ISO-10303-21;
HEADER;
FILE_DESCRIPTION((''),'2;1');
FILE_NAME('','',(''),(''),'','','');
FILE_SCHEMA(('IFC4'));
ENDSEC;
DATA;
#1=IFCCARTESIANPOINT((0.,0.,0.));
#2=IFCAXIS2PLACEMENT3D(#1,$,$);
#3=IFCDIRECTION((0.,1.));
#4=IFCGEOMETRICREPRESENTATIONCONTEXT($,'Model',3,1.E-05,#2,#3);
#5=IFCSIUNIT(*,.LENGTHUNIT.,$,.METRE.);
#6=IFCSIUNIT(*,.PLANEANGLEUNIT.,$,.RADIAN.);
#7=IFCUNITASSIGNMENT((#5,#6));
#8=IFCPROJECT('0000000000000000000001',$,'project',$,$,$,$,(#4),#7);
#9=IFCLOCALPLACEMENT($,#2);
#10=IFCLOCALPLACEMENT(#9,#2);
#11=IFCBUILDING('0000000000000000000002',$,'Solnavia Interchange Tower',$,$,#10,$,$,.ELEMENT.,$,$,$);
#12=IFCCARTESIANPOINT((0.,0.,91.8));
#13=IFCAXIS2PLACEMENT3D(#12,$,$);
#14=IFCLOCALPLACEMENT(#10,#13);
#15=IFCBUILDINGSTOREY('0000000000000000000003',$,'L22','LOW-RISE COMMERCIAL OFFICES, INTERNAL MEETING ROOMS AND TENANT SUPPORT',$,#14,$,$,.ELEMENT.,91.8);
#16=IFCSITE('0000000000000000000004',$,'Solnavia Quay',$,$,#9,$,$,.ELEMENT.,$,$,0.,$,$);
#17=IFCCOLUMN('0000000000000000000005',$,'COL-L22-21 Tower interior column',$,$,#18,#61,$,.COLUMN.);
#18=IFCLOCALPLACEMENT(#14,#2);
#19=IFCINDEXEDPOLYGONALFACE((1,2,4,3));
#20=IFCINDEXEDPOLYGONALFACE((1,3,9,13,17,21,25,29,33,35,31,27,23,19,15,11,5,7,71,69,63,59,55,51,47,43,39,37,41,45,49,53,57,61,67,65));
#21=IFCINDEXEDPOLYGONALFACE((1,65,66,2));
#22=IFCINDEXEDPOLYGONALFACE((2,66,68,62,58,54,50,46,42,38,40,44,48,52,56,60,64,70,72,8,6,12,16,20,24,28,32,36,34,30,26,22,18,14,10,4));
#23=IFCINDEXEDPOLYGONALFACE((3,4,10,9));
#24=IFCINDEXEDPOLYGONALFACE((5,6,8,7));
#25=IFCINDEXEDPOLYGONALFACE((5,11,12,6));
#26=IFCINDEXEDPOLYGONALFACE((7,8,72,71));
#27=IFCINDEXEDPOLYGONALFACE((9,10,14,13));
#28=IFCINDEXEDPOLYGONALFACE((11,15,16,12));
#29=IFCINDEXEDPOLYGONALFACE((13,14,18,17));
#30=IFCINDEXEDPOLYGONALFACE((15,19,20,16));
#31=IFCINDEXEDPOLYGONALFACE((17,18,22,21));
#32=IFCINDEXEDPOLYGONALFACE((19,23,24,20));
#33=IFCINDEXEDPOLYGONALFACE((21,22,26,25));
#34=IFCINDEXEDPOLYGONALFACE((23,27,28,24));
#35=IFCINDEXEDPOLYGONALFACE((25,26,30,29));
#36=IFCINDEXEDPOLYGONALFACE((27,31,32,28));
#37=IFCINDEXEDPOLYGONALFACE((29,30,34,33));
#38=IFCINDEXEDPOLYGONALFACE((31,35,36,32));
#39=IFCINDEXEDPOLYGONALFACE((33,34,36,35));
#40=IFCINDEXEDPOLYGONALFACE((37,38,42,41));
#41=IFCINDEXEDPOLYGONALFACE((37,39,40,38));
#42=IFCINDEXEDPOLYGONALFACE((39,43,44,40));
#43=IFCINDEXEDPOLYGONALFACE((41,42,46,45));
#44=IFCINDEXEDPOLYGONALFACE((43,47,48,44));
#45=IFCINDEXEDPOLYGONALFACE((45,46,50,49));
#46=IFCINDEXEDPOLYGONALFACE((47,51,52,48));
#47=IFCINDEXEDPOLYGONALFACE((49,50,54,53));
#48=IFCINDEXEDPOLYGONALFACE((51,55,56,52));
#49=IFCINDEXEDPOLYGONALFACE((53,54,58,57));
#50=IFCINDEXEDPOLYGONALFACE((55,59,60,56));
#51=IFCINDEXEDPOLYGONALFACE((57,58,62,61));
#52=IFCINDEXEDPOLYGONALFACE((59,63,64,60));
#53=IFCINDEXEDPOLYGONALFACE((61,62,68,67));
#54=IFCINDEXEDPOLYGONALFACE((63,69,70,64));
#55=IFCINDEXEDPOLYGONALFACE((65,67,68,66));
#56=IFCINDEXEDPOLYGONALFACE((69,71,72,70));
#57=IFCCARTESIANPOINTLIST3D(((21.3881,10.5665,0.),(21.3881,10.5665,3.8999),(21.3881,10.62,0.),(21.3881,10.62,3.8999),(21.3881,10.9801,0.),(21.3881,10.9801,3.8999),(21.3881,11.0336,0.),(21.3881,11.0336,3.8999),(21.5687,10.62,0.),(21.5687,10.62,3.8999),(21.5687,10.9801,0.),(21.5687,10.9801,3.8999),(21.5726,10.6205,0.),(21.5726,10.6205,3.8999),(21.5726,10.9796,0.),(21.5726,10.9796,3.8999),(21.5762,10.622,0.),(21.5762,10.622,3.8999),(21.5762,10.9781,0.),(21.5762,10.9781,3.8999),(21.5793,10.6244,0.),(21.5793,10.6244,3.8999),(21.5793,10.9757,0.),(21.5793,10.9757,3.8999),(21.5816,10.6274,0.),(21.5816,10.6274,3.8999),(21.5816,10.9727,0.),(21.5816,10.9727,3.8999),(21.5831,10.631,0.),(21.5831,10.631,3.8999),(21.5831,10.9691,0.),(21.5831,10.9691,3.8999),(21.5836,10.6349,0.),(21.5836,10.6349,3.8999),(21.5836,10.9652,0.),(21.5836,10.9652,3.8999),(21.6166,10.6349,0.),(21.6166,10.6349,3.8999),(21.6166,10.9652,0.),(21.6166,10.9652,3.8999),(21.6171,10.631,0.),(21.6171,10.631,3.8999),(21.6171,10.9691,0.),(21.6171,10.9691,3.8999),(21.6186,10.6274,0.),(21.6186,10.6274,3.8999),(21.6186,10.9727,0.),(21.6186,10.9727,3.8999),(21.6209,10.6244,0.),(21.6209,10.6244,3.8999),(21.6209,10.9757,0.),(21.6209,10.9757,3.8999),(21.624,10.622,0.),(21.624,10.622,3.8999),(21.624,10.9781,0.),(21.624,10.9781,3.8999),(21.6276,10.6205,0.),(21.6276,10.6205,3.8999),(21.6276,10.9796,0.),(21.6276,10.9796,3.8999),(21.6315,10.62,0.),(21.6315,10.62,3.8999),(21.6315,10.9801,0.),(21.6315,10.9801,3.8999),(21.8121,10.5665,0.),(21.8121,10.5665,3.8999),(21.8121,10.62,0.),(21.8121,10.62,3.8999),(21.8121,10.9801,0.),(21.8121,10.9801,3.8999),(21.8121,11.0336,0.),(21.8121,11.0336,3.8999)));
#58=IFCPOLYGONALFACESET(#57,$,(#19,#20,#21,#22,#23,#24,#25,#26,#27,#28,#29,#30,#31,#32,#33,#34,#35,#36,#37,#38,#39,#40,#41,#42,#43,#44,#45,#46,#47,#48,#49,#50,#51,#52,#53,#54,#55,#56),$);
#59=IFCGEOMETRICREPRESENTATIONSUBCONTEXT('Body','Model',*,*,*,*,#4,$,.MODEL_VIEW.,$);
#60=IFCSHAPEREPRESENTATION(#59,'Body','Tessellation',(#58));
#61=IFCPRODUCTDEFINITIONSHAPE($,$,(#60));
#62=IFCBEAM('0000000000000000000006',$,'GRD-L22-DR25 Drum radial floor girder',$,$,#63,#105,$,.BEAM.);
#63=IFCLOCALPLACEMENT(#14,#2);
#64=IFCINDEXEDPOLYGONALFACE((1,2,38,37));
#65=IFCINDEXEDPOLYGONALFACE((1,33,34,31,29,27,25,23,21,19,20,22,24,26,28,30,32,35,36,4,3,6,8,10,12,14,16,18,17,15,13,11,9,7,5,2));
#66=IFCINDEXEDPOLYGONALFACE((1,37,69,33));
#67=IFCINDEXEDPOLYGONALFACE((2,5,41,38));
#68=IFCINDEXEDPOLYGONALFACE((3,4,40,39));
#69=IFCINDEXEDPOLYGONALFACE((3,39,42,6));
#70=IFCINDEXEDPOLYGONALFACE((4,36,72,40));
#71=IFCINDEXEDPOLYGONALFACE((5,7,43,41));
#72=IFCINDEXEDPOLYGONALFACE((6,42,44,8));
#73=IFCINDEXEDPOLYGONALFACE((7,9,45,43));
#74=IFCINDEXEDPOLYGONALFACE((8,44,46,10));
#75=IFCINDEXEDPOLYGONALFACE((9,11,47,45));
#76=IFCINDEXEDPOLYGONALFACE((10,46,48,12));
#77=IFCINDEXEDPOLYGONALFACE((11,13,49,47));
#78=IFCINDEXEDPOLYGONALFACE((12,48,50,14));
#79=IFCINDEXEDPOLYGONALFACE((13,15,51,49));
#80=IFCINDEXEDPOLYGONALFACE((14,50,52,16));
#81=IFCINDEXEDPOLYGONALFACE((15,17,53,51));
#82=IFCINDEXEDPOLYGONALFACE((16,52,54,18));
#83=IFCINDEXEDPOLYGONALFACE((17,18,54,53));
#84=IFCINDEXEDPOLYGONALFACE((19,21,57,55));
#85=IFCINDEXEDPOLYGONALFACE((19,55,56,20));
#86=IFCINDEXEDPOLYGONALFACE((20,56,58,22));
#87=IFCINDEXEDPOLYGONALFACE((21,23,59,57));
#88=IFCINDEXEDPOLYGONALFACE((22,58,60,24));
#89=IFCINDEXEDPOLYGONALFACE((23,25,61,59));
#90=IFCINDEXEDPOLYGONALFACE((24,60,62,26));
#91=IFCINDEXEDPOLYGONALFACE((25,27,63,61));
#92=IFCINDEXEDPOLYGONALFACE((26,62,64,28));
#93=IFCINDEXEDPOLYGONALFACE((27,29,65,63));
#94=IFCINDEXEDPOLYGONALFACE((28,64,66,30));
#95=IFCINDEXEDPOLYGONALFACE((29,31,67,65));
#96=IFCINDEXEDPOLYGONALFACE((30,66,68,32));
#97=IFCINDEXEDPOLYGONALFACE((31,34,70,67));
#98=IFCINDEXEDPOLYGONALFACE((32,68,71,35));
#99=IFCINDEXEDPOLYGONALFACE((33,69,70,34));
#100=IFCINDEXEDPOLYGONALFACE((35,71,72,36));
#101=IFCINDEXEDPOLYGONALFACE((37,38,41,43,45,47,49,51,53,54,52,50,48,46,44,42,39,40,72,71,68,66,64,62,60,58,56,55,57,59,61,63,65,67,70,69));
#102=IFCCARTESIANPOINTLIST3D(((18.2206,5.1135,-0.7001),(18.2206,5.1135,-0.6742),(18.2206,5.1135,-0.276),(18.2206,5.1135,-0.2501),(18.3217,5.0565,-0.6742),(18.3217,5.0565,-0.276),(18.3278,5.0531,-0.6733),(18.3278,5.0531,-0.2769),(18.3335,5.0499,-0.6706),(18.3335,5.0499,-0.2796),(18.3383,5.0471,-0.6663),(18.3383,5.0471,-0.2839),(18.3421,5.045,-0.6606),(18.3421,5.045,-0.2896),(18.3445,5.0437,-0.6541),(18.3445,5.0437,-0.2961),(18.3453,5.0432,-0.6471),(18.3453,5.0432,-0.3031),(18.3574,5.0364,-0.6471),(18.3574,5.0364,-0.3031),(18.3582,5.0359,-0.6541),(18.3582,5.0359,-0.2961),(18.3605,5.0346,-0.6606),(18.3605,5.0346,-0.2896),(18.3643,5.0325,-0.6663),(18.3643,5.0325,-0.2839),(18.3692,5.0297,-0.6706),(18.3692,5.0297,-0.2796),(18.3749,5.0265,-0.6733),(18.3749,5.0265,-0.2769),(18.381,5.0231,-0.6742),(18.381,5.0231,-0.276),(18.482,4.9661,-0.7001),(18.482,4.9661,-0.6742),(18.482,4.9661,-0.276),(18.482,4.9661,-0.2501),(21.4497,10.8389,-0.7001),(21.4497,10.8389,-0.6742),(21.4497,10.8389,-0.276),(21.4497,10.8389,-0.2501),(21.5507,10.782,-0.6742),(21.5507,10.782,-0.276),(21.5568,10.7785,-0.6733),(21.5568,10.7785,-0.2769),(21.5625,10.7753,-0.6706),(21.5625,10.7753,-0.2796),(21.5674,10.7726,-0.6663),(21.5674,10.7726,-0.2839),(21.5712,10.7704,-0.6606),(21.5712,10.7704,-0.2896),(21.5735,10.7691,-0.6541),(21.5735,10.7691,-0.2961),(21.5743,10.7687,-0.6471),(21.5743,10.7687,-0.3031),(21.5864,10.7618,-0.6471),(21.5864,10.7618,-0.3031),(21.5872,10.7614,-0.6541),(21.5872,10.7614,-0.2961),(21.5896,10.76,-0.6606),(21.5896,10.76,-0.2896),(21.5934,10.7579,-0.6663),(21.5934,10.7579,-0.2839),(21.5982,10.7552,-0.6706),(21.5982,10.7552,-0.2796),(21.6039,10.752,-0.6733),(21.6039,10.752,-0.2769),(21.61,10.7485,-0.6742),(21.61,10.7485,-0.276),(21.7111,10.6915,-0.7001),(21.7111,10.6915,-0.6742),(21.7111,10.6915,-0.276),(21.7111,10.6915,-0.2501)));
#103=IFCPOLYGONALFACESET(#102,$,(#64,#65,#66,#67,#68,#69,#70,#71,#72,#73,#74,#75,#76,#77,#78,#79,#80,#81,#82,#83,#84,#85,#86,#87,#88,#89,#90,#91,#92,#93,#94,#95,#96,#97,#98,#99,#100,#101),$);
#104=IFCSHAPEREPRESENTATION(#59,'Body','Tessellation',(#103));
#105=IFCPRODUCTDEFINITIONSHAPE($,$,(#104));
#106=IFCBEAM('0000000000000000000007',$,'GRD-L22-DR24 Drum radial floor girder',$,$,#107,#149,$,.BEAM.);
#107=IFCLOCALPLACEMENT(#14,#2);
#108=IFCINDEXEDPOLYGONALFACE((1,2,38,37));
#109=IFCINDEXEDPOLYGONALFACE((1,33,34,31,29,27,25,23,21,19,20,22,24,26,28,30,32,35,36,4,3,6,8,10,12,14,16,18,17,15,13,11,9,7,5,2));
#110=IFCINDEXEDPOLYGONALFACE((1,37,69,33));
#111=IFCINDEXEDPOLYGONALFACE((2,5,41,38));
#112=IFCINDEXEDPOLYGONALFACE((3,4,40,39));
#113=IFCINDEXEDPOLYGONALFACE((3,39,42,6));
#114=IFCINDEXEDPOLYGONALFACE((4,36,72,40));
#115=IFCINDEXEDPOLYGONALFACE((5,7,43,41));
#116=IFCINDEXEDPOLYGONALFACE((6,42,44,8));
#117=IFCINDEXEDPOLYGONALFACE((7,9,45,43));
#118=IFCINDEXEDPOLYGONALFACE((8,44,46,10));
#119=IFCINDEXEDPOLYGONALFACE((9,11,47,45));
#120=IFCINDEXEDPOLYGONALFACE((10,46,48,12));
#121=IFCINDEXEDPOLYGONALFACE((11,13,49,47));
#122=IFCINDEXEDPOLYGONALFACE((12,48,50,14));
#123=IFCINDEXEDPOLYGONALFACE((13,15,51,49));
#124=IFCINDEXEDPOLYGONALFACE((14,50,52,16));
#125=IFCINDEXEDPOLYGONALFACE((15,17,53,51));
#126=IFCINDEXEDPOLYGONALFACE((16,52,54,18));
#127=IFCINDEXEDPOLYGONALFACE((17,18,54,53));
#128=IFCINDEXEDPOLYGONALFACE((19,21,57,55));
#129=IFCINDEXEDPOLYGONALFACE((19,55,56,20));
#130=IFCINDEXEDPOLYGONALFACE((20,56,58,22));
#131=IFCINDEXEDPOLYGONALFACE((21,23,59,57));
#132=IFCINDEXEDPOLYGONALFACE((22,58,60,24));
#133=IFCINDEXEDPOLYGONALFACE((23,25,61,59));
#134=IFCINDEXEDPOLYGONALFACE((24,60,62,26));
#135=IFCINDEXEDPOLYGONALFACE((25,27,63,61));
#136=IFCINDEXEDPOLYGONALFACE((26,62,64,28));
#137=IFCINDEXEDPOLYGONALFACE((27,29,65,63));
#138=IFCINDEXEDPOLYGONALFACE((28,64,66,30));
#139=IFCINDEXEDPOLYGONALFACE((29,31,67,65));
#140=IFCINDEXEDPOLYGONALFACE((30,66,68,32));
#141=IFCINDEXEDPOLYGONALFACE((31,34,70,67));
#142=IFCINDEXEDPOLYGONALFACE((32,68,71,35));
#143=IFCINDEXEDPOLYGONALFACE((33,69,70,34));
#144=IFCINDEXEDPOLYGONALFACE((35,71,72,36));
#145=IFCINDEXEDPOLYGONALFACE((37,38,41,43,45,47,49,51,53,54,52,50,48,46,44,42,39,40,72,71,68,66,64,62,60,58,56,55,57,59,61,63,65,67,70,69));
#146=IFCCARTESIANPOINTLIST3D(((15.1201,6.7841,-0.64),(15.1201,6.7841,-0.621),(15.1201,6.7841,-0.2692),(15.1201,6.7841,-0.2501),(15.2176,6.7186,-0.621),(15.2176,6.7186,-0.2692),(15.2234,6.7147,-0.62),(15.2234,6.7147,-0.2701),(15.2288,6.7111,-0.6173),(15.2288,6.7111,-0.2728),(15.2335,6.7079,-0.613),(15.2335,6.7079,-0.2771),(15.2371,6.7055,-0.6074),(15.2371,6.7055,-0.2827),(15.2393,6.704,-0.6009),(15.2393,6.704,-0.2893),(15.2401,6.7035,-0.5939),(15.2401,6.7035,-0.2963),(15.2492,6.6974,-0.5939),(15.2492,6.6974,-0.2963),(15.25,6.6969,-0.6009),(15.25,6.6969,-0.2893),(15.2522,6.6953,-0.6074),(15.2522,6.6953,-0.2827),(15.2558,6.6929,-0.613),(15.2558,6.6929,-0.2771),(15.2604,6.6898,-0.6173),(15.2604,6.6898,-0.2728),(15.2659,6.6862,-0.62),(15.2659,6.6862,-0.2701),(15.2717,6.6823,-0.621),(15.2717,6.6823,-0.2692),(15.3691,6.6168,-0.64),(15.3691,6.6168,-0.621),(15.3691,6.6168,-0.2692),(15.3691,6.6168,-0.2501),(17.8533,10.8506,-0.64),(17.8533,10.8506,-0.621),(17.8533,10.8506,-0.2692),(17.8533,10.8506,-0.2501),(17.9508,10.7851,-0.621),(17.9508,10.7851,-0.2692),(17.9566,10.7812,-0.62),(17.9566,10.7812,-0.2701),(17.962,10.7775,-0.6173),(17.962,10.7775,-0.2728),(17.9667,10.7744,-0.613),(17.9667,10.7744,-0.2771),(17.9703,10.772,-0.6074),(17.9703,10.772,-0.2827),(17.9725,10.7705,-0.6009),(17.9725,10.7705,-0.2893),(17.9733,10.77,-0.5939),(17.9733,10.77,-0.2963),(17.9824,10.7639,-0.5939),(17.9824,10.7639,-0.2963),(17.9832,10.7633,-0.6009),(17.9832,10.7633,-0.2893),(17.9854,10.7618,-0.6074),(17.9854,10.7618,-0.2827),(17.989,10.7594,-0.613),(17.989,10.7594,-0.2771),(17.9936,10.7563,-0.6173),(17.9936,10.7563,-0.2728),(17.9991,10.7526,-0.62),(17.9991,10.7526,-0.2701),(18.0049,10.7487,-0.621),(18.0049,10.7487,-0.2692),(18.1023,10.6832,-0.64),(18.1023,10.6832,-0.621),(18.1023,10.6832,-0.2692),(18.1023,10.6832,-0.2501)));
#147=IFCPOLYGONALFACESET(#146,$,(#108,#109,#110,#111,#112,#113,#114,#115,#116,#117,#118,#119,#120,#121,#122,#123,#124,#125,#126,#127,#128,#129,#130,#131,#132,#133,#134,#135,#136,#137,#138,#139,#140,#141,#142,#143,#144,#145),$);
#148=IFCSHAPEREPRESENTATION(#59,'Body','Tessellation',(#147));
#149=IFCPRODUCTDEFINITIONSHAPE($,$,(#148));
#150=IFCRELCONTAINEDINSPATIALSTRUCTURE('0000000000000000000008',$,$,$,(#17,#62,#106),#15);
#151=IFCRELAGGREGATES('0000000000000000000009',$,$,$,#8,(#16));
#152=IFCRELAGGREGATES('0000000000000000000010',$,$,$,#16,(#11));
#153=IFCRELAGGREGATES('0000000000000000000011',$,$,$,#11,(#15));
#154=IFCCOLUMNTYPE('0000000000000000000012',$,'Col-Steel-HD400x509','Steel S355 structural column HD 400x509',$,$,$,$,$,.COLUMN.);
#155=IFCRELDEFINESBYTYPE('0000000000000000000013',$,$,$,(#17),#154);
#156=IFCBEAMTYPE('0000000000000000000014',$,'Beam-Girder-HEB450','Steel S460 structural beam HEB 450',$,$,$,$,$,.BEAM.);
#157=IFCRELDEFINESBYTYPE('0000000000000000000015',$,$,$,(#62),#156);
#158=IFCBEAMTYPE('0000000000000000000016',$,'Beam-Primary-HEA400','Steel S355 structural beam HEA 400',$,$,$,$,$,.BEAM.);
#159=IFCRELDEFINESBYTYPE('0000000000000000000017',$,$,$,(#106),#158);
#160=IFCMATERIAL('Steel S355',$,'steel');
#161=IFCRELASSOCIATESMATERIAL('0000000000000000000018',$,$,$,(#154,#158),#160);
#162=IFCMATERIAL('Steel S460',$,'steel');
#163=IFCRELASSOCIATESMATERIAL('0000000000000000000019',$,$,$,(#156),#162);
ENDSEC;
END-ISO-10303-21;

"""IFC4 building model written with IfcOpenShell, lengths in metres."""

from ifc_helpers import new_model, si_unit, direction, frame, origin, origin_2d, place, context, subcontext, project, spatial, i_section, extrude, material, material_profile, profile_set, type_object, element, save


model = new_model("IFC4")

# Units and contexts
model_context = context("Model", 3, precision=1e-05, world=origin(), true_north=direction((0.0, 1.0)))
body_context = subcontext(model_context, "Body", "Model", "MODEL_VIEW")
ifc_project = project(units=[si_unit("LENGTHUNIT", "METRE"), si_unit("PLANEANGLEUNIT", "RADIAN")], contexts=[model_context])

# Site, building, storey
site_placement = place(None, origin())
site = spatial("IfcSite", under=ifc_project, at=site_placement, Name="Solnavia Quay", CompositionType="ELEMENT", RefElevation=0.0)
building_placement = place(site_placement, origin())
building = spatial("IfcBuilding", under=site, at=building_placement, Name="Solnavia Interchange Tower", CompositionType="ELEMENT")
storey_placement = place(building_placement, frame((0.0, 0.0, 91.8)))
storey = spatial("IfcBuildingStorey", under=building, at=storey_placement, Name="L22", Description="LOW-RISE COMMERCIAL OFFICES, INTERNAL MEETING ROOMS AND TENANT SUPPORT", CompositionType="ELEMENT", Elevation=91.8)

# Column
ifc_material_1 = material(Name="Steel S355", Category="steel")
ifc_material_profile_1 = material_profile(ifc_material_1, i_section(OverallWidth=0.4241, OverallDepth=0.467, WebThickness=0.033, FlangeThickness=0.0535, FilletRadius=0.0149, at=origin_2d()), Name="HD 400x509")
ifc_profile_set_1 = profile_set([ifc_material_profile_1], Name="Steel S355")
column_type_1 = type_object("IfcColumnType", Name="Col-Steel-HD400x509", Description="Steel S355 structural column HD 400x509", PredefinedType="COLUMN", material=ifc_profile_set_1)
column_placement = place(storey_placement, frame((21.6001, 10.8, 0.0), z_axis=(0.0, 0.0, 1.0), x_axis=(1.0, 0.0, 0.0)))
element("IfcColumn", 1, at=column_placement, inside=storey, type_object=column_type_1, Name="COL-L22-21 Tower interior column", PredefinedType="COLUMN", context=body_context, shape_type="SweptSolid", body=[
    extrude(i_section(OverallWidth=0.4241, OverallDepth=0.467, WebThickness=0.033, FlangeThickness=0.0535, FilletRadius=0.0149, at=origin_2d()), origin(), (0.0, 0.0, 1.0), 3.8999),
])

# Beams
ifc_material_2 = material(Name="Steel S460", Category="steel")
ifc_material_profile_2 = material_profile(ifc_material_2, i_section(OverallWidth=0.3, OverallDepth=0.45, WebThickness=0.0139, FlangeThickness=0.0259, FilletRadius=0.0271, at=origin_2d()), Name="HEB 450")
ifc_profile_set_2 = profile_set([ifc_material_profile_2], Name="Steel S460")
beam_type_1 = type_object("IfcBeamType", Name="Beam-Girder-HEB450", Description="Steel S460 structural beam HEB 450", PredefinedType="BEAM", material=ifc_profile_set_2)
beam_1_placement = place(storey_placement, frame((18.3513, 5.0398, -0.4751), z_axis=(0.491243, 0.871022, 0.0), x_axis=(-0.871022, 0.491243, 0.0)))
element("IfcBeam", 2, at=beam_1_placement, inside=storey, type_object=beam_type_1, Name="GRD-L22-DR25 Drum radial floor girder", PredefinedType="BEAM", context=body_context, shape_type="SweptSolid", body=[
    extrude(i_section(OverallWidth=0.3, OverallDepth=0.45, WebThickness=0.0139, FlangeThickness=0.0259, FilletRadius=0.0271, at=origin_2d()), origin(), (0.0, 0.0, 1.0), 6.5732),
])
ifc_material_profile_3 = material_profile(ifc_material_1, i_section(OverallWidth=0.3, OverallDepth=0.3899, WebThickness=0.011, FlangeThickness=0.019, FilletRadius=0.0271, at=origin_2d()), Name="HEA 400")
ifc_profile_set_3 = profile_set([ifc_material_profile_3], Name="Steel S355")
beam_type_2 = type_object("IfcBeamType", Name="Beam-Primary-HEA400", Description="Steel S355 structural beam HEA 400", PredefinedType="BEAM", material=ifc_profile_set_3)
beam_2_placement = place(storey_placement, frame((15.2446, 6.7004, -0.4451), z_axis=(0.557835, 0.829952, 0.0), x_axis=(-0.829952, 0.557835, 0.0)))
element("IfcBeam", 3, at=beam_2_placement, inside=storey, type_object=beam_type_2, Name="GRD-L22-DR24 Drum radial floor girder", PredefinedType="BEAM", context=body_context, shape_type="SweptSolid", body=[
    extrude(i_section(OverallWidth=0.3, OverallDepth=0.3899, WebThickness=0.011, FlangeThickness=0.019, FilletRadius=0.0271, at=origin_2d()), origin(), (0.0, 0.0, 1.0), 4.8997),
])

save(model, "model.ifc")
